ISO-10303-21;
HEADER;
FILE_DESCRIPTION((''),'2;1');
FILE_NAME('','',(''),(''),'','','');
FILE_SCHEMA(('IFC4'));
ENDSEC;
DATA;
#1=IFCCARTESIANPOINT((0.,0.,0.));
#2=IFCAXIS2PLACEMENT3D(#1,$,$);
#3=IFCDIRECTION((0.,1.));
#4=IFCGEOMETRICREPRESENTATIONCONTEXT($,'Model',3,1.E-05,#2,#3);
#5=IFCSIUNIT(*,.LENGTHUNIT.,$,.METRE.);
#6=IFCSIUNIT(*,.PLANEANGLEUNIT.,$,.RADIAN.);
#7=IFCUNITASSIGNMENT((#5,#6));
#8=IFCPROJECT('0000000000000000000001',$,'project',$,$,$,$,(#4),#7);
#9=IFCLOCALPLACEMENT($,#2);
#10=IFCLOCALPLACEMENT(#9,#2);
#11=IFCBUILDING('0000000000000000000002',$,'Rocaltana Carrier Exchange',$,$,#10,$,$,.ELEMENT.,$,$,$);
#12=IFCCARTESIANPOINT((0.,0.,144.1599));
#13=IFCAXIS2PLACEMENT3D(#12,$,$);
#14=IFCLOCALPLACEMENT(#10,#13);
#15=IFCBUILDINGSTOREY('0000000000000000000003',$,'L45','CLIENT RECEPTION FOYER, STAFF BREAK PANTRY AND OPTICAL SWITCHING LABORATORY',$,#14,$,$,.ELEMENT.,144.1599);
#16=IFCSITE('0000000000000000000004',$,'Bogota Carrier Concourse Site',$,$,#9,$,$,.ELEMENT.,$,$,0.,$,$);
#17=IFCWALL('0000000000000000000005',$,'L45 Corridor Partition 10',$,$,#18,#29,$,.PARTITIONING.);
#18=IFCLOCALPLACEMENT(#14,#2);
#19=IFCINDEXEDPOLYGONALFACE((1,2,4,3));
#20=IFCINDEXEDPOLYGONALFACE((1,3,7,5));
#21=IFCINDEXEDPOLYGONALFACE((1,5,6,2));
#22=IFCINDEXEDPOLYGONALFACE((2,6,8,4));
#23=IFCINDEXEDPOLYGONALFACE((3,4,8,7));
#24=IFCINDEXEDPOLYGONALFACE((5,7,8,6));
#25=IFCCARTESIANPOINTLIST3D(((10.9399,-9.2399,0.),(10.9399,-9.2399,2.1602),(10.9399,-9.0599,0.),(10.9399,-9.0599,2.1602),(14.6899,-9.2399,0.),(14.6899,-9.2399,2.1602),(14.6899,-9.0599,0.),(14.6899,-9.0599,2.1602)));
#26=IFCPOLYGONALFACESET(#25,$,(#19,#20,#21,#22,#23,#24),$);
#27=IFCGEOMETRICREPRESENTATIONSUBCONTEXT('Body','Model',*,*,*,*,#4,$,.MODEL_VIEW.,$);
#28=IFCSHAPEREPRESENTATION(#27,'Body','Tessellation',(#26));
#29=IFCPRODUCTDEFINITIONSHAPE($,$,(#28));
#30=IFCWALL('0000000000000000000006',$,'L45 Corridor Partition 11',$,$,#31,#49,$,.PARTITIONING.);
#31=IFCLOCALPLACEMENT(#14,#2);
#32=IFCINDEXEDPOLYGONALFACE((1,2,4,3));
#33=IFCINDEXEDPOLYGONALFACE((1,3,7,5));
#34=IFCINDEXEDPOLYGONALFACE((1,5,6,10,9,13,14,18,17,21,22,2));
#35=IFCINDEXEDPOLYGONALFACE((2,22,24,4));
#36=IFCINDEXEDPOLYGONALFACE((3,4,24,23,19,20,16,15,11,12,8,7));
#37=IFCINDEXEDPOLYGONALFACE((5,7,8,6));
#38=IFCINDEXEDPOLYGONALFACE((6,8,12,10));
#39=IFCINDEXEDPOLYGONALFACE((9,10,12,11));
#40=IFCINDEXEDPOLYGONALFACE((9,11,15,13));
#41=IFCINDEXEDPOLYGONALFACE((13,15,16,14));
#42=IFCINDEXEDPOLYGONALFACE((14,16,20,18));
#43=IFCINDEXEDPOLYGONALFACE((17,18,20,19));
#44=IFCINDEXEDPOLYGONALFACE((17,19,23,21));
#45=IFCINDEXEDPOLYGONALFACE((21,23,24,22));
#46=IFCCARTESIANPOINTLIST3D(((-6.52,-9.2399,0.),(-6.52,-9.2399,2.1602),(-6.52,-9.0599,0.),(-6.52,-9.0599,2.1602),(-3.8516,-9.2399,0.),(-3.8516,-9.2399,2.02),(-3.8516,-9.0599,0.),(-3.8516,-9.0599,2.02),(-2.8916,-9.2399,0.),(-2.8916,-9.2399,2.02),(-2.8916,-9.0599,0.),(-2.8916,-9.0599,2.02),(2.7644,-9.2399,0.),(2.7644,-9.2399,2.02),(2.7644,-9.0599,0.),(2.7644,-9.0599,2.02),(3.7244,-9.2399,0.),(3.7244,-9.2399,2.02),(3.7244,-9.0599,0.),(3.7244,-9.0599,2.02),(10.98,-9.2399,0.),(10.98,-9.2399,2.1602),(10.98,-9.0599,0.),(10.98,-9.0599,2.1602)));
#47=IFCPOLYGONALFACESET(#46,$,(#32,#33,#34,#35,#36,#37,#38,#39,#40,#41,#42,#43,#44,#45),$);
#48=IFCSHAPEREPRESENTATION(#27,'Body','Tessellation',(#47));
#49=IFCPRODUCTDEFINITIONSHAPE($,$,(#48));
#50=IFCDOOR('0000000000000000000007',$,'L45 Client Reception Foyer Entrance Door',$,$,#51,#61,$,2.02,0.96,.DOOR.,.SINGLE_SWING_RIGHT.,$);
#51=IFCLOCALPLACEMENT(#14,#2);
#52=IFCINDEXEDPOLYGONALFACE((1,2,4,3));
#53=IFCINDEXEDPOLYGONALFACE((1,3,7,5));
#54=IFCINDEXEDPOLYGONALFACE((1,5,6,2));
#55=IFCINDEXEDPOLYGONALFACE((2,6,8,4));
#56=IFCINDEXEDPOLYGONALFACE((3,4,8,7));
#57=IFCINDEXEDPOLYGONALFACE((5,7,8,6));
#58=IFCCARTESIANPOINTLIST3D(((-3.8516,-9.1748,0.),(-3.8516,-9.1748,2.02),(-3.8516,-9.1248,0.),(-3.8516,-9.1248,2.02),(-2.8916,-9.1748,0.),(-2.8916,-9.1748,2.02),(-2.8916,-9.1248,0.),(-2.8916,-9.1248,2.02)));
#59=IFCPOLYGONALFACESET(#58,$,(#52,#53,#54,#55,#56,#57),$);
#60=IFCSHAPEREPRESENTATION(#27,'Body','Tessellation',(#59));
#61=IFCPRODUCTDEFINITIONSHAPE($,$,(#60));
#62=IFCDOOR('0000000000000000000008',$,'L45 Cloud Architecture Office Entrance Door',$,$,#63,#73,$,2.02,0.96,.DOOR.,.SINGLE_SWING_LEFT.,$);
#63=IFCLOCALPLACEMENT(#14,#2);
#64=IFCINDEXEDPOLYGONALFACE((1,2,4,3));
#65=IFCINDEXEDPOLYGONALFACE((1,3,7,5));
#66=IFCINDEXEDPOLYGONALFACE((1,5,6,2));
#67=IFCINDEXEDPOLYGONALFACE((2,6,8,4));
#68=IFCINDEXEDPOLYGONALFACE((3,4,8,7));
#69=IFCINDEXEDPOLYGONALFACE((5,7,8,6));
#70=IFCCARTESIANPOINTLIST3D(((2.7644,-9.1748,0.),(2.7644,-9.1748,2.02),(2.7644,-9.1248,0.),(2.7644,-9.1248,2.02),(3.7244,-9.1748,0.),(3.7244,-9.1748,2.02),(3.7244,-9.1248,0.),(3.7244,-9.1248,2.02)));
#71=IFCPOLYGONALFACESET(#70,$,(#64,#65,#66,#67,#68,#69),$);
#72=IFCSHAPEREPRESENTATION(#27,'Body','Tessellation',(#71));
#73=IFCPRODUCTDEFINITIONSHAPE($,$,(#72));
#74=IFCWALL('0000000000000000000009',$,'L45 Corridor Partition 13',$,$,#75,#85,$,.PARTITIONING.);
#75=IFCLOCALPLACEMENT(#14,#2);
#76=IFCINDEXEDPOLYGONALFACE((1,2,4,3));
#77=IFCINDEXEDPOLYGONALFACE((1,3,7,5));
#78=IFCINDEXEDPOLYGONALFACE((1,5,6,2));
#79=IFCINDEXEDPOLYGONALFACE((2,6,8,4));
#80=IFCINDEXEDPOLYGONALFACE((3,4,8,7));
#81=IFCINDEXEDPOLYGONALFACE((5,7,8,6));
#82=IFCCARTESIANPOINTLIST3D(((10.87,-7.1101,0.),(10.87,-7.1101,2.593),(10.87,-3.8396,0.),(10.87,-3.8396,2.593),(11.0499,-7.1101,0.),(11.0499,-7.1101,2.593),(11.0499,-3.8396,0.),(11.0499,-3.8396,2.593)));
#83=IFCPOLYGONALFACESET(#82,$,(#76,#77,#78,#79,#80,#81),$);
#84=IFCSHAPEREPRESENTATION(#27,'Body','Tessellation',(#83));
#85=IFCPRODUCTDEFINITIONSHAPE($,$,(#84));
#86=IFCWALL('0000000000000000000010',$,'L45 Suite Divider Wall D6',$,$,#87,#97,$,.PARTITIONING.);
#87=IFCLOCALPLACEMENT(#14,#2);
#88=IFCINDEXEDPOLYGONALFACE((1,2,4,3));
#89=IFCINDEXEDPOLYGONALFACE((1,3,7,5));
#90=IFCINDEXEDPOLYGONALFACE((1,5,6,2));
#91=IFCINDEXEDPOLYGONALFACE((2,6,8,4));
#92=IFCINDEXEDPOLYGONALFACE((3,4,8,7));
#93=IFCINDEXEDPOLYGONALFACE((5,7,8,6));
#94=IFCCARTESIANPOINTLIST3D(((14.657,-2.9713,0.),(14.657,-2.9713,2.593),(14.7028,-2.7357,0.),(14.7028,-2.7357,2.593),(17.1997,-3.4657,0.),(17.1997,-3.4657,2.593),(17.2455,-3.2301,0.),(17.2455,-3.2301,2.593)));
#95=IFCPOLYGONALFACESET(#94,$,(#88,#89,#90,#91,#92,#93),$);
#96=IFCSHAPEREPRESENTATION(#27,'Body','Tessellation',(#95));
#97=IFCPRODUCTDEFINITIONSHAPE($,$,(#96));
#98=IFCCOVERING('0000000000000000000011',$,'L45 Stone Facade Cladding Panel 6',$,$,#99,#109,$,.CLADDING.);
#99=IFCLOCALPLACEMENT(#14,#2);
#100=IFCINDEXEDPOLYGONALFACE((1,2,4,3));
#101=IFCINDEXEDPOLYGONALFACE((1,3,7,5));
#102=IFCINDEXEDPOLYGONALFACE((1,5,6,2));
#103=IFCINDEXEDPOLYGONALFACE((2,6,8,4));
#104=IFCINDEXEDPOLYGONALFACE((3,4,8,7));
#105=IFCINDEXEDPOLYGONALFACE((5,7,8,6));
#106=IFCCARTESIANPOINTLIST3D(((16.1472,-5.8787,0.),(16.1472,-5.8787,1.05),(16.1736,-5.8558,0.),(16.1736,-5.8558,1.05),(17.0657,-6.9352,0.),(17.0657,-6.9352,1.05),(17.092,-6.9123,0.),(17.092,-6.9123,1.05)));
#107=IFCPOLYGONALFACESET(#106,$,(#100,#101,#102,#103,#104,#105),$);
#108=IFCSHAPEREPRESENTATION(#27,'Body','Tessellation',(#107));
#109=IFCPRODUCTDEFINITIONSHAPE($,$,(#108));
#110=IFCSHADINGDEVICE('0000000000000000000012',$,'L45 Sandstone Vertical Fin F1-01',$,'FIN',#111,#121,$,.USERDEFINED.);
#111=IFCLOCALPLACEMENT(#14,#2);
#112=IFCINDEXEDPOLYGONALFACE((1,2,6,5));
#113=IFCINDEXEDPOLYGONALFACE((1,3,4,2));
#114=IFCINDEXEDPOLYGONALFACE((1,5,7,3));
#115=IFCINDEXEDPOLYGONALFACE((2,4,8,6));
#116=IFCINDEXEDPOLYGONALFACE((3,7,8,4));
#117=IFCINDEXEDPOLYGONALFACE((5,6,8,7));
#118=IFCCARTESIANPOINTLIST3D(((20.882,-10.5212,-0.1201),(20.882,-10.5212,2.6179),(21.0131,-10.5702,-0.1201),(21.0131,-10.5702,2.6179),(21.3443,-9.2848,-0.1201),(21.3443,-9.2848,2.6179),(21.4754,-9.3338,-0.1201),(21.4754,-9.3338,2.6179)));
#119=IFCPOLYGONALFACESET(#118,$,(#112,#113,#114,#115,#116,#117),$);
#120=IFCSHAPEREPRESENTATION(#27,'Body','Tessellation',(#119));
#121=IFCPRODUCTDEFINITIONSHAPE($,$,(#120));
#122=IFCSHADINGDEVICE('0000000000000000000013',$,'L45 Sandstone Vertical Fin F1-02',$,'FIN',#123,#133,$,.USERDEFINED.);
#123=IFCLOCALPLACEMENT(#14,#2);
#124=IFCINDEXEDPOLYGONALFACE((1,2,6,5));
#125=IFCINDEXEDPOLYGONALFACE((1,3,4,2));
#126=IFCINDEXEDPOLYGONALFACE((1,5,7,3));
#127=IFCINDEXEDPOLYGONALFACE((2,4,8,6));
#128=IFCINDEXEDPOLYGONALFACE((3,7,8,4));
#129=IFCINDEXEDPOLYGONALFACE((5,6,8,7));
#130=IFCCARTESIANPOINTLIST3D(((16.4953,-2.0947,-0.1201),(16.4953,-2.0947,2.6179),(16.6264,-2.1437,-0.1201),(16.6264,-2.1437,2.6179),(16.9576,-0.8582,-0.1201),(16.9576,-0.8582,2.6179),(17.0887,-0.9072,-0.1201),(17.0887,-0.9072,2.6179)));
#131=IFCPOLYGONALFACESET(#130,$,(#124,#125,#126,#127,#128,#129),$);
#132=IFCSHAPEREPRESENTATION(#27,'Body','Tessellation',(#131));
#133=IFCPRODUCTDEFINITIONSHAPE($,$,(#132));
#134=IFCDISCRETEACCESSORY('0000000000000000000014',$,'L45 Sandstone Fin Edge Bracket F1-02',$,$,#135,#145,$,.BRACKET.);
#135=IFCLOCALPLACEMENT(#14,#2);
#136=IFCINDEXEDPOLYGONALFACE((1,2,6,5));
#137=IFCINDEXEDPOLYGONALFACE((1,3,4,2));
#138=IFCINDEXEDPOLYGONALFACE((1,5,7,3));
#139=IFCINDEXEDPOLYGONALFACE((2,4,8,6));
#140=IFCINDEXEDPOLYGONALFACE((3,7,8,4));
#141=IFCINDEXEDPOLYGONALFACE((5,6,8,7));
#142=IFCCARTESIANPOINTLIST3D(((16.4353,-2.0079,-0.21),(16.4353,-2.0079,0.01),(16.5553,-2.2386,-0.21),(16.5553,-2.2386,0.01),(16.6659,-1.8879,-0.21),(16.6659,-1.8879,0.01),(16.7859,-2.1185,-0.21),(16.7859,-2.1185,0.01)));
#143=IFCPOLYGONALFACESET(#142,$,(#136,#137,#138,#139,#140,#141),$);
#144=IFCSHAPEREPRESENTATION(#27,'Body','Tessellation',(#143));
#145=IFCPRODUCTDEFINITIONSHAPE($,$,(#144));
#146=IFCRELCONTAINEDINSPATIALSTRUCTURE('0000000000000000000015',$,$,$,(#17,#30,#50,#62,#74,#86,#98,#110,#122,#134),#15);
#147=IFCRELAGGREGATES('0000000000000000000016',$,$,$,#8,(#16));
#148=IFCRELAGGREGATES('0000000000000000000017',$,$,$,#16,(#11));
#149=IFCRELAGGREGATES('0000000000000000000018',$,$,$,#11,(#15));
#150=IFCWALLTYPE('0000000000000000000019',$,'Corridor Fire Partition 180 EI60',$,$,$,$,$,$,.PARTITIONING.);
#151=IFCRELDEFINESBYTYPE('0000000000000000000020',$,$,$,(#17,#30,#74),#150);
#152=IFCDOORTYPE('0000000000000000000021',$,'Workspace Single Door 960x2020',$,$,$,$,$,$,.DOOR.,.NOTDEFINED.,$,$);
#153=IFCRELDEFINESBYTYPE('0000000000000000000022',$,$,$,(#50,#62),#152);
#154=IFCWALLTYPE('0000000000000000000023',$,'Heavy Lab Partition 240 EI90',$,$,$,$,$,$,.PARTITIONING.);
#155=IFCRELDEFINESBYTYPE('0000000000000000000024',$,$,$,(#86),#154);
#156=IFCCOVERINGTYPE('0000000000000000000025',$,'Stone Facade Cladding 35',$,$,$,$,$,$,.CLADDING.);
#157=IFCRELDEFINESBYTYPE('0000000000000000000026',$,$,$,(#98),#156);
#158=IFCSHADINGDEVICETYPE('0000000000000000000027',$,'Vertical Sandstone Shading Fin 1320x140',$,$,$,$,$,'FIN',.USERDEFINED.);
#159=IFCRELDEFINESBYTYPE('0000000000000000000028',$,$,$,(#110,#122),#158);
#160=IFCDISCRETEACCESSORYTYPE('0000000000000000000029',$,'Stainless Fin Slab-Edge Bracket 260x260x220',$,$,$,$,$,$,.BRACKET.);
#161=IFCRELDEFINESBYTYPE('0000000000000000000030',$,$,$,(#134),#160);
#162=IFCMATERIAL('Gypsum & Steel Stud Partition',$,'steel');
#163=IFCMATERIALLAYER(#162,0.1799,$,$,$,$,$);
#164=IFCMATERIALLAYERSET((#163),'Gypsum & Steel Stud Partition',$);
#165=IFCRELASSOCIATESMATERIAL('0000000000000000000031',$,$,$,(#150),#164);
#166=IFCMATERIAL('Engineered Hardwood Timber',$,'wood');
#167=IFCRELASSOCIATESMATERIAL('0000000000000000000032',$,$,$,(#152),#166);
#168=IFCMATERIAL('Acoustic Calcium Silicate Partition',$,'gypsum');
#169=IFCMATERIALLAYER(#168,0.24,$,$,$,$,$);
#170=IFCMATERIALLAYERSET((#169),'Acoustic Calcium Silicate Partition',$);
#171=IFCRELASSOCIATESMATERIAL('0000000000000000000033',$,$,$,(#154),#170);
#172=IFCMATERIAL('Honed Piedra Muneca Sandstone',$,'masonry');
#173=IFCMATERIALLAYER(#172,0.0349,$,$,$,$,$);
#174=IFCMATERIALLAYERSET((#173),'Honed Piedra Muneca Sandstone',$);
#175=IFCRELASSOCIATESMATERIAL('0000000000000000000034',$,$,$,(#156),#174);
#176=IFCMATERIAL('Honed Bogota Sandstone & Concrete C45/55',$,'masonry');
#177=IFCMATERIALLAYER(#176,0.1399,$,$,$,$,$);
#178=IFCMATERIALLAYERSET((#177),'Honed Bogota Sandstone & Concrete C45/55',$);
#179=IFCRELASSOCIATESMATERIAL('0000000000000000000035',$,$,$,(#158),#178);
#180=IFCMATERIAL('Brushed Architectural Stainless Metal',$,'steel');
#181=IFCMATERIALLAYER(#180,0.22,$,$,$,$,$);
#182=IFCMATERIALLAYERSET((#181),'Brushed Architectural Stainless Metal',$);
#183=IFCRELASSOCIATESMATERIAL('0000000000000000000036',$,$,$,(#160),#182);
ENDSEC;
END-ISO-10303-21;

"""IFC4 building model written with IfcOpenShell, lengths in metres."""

from ifc_helpers import new_model, si_unit, direction, frame, frame_2d, origin, origin_2d, place, context, subcontext, project, spatial, rectangle, extrude, material, layer, layer_set, type_object, element, fill, save


model = new_model("IFC4")

# Units and contexts
model_context = context("Model", 3, precision=1e-05, world=origin(), true_north=direction((0.0, 1.0)))
body_context = subcontext(model_context, "Body", "Model", "MODEL_VIEW")
ifc_project = project(units=[si_unit("LENGTHUNIT", "METRE"), si_unit("PLANEANGLEUNIT", "RADIAN")], contexts=[model_context])

# Site, building, storey
site_placement = place(None, origin())
site = spatial("IfcSite", under=ifc_project, at=site_placement, Name="Bogota Carrier Concourse Site", CompositionType="ELEMENT", RefElevation=0.0)
building_placement = place(site_placement, origin())
building = spatial("IfcBuilding", under=site, at=building_placement, Name="Rocaltana Carrier Exchange", CompositionType="ELEMENT")
storey_placement = place(building_placement, frame((0.0, 0.0, 144.1599)))
storey = spatial("IfcBuildingStorey", under=building, at=storey_placement, Name="L45", Description="CLIENT RECEPTION FOYER, STAFF BREAK PANTRY AND OPTICAL SWITCHING LABORATORY", CompositionType="ELEMENT", Elevation=144.1599)

# Wall
ifc_material_1 = material(Name="Gypsum & Steel Stud Partition", Category="steel")
ifc_layer_1 = layer(ifc_material_1, 0.1799)
ifc_layer_set_1 = layer_set([ifc_layer_1], Name="Gypsum & Steel Stud Partition")
wall_type_1 = type_object("IfcWallType", Name="Corridor Fire Partition 180 EI60", PredefinedType="PARTITIONING", material=ifc_layer_set_1)
wall_1_placement = place(storey_placement, frame((14.6899, -9.1499, 0.0), z_axis=(0.0, 0.0, 1.0), x_axis=(-1.0, 0.0, 0.0)))
element("IfcWall", 1, at=wall_1_placement, inside=storey, type_object=wall_type_1, Name="L45 Corridor Partition 10", PredefinedType="PARTITIONING", context=body_context, shape_type="SweptSolid", body=[
    extrude(rectangle(XDim=3.75, YDim=0.1799, at=frame_2d((1.875, 0.0))), origin(), (0.0, 0.0, 1.0), 2.1602),
])

# Wall, openings, doors
wall_2_placement = place(storey_placement, frame((10.98, -9.1499, 0.0), z_axis=(0.0, 0.0, 1.0), x_axis=(-1.0, 0.0, 0.0)))
wall_2 = element("IfcWall", 2, at=wall_2_placement, inside=storey, type_object=wall_type_1, Name="L45 Corridor Partition 11", PredefinedType="PARTITIONING", context=body_context, shape_type="SweptSolid", body=[
    extrude(rectangle(XDim=17.5, YDim=0.1799, at=frame_2d((8.75, 0.0))), origin(), (0.0, 0.0, 1.0), 2.1602),
])
opening_1_placement = place(wall_2_placement, frame((13.8716, 0.0, 0.0)))
opening_1 = element("IfcOpeningElement", 3, at=opening_1_placement, cuts=wall_2, PredefinedType="OPENING", context=body_context, shape_type="SweptSolid", body=[
    extrude(rectangle(XDim=0.96, YDim=2.02, at=frame_2d((0.48, 1.01))), frame((0.0, 0.0999, 0.0), z_axis=(0.0, -1.0, 0.0), x_axis=(1.0, 0.0, 0.0)), (0.0, 0.0, 1.0), 0.2),
])
opening_2_placement = place(wall_2_placement, frame((7.2556, 0.0, 0.0)))
opening_2 = element("IfcOpeningElement", 4, at=opening_2_placement, cuts=wall_2, PredefinedType="OPENING", context=body_context, shape_type="SweptSolid", body=[
    extrude(rectangle(XDim=0.96, YDim=2.02, at=frame_2d((0.48, 1.01))), frame((0.0, 0.0999, 0.0), z_axis=(0.0, -1.0, 0.0), x_axis=(1.0, 0.0, 0.0)), (0.0, 0.0, 1.0), 0.2),
])
ifc_material_2 = material(Name="Engineered Hardwood Timber", Category="wood")
door_type = type_object("IfcDoorType", Name="Workspace Single Door 960x2020", OperationType="NOTDEFINED", PredefinedType="DOOR", material=ifc_material_2)
door_1_placement = place(opening_1_placement, origin())
door_1 = element("IfcDoor", 5, at=door_1_placement, inside=storey, type_object=door_type, Name="L45 Client Reception Foyer Entrance Door", OperationType="SINGLE_SWING_RIGHT", OverallHeight=2.02, OverallWidth=0.96, PredefinedType="DOOR", context=body_context, shape_type="SweptSolid", body=[
    extrude(rectangle(XDim=0.96, YDim=2.02, at=frame_2d((0.48, 1.01))), frame((0.0, 0.0249, 0.0), z_axis=(0.0, -1.0, 0.0), x_axis=(1.0, 0.0, 0.0)), (0.0, 0.0, 1.0), 0.05),
])
fill(opening_1, door_1)
door_2_placement = place(opening_2_placement, origin())
door_2 = element("IfcDoor", 6, at=door_2_placement, inside=storey, type_object=door_type, Name="L45 Cloud Architecture Office Entrance Door", OperationType="SINGLE_SWING_LEFT", OverallHeight=2.02, OverallWidth=0.96, PredefinedType="DOOR", context=body_context, shape_type="SweptSolid", body=[
    extrude(rectangle(XDim=0.96, YDim=2.02, at=frame_2d((0.48, 1.01))), frame((0.0, 0.0249, 0.0), z_axis=(0.0, -1.0, 0.0), x_axis=(1.0, 0.0, 0.0)), (0.0, 0.0, 1.0), 0.05),
])
fill(opening_2, door_2)

# Walls
wall_3_placement = place(storey_placement, frame((10.96, -7.1101, 0.0), z_axis=(0.0, 0.0, 1.0), x_axis=(0.0, 1.0, 0.0)))
element("IfcWall", 7, at=wall_3_placement, inside=storey, type_object=wall_type_1, Name="L45 Corridor Partition 13", PredefinedType="PARTITIONING", context=body_context, shape_type="SweptSolid", body=[
    extrude(rectangle(XDim=3.2705, YDim=0.1799, at=frame_2d((1.6353, 0.0))), origin(), (0.0, 0.0, 1.0), 2.593),
])
ifc_material_3 = material(Name="Acoustic Calcium Silicate Partition", Category="gypsum")
ifc_layer_2 = layer(ifc_material_3, 0.24)
ifc_layer_set_2 = layer_set([ifc_layer_2], Name="Acoustic Calcium Silicate Partition")
wall_type_2 = type_object("IfcWallType", Name="Heavy Lab Partition 240 EI90", PredefinedType="PARTITIONING", material=ifc_layer_set_2)
wall_4_placement = place(storey_placement, frame((14.6799, -2.8535, 0.0), z_axis=(0.0, 0.0, 1.0), x_axis=(0.981618, -0.190857, 0.0)))
element("IfcWall", 8, at=wall_4_placement, inside=storey, type_object=wall_type_2, Name="L45 Suite Divider Wall D6", PredefinedType="PARTITIONING", context=body_context, shape_type="SweptSolid", body=[
    extrude(rectangle(XDim=2.5903, YDim=0.24, at=frame_2d((1.2952, 0.0))), origin(), (0.0, 0.0, 1.0), 2.593),
])

# Covering
ifc_material_4 = material(Name="Honed Piedra Muneca Sandstone", Category="masonry")
ifc_layer_3 = layer(ifc_material_4, 0.0349)
ifc_layer_set_3 = layer_set([ifc_layer_3], Name="Honed Piedra Muneca Sandstone")
covering_type = type_object("IfcCoveringType", Name="Stone Facade Cladding 35", PredefinedType="CLADDING", material=ifc_layer_set_3)
covering_placement = place(storey_placement, frame((16.6196, -6.3955, 0.0), z_axis=(0.0, 0.0, 1.0), x_axis=(-0.656059, 0.75471, 0.0)))
element("IfcCovering", 9, at=covering_placement, inside=storey, type_object=covering_type, Name="L45 Stone Facade Cladding Panel 6", PredefinedType="CLADDING", context=body_context, shape_type="SweptSolid", body=[
    extrude(rectangle(XDim=1.3999, YDim=0.0349, at=origin_2d()), origin(), (0.0, 0.0, 1.0), 1.05),
])

# Shading devices
ifc_material_5 = material(Name="Honed Bogota Sandstone & Concrete C45/55", Category="masonry")
ifc_layer_4 = layer(ifc_material_5, 0.1399)
ifc_layer_set_4 = layer_set([ifc_layer_4], Name="Honed Bogota Sandstone & Concrete C45/55")
shading_device_type = type_object("IfcShadingDeviceType", Name="Vertical Sandstone Shading Fin 1320x140", ElementType="FIN", PredefinedType="USERDEFINED", material=ifc_layer_set_4)
for number, where, z_axis, x_axis, name in (
    (10, (21.1787, -9.9275, -0.1201), (0.0, 0.0, 1.0), (0.350207, 0.936672, 0.0), "L45 Sandstone Vertical Fin F1-01"),
    (11, (16.792, -1.501, -0.1201), (0.0, 0.0, 1.0), (0.350207, 0.936672, 0.0), "L45 Sandstone Vertical Fin F1-02"),
):
    element("IfcShadingDevice", number, at=place(storey_placement, frame(where, z_axis=z_axis, x_axis=x_axis)), inside=storey, type_object=shading_device_type, Name=name, ObjectType="FIN", PredefinedType="USERDEFINED", context=body_context, shape_type="SweptSolid", body=[
        extrude(rectangle(XDim=1.3201, YDim=0.1399, at=origin_2d()), origin(), (0.0, 0.0, 1.0), 2.738),
    ])

# Discrete accessory
ifc_material_6 = material(Name="Brushed Architectural Stainless Metal", Category="steel")
ifc_layer_5 = layer(ifc_material_6, 0.22)
ifc_layer_set_5 = layer_set([ifc_layer_5], Name="Brushed Architectural Stainless Metal")
discrete_accessory_type = type_object("IfcDiscreteAccessoryType", Name="Stainless Fin Slab-Edge Bracket 260x260x220", PredefinedType="BRACKET", material=ifc_layer_set_5)
discrete_accessory_placement = place(storey_placement, frame((16.6106, -2.0632, -0.21), z_axis=(0.0, 0.0, 1.0), x_axis=(-0.461749, 0.887011, 0.0)))
element("IfcDiscreteAccessory", 12, at=discrete_accessory_placement, inside=storey, type_object=discrete_accessory_type, Name="L45 Sandstone Fin Edge Bracket F1-02", PredefinedType="BRACKET", context=body_context, shape_type="SweptSolid", body=[
    extrude(rectangle(XDim=0.26, YDim=0.26, at=origin_2d()), origin(), (0.0, 0.0, 1.0), 0.22),
])

save(model, "model.ifc")
